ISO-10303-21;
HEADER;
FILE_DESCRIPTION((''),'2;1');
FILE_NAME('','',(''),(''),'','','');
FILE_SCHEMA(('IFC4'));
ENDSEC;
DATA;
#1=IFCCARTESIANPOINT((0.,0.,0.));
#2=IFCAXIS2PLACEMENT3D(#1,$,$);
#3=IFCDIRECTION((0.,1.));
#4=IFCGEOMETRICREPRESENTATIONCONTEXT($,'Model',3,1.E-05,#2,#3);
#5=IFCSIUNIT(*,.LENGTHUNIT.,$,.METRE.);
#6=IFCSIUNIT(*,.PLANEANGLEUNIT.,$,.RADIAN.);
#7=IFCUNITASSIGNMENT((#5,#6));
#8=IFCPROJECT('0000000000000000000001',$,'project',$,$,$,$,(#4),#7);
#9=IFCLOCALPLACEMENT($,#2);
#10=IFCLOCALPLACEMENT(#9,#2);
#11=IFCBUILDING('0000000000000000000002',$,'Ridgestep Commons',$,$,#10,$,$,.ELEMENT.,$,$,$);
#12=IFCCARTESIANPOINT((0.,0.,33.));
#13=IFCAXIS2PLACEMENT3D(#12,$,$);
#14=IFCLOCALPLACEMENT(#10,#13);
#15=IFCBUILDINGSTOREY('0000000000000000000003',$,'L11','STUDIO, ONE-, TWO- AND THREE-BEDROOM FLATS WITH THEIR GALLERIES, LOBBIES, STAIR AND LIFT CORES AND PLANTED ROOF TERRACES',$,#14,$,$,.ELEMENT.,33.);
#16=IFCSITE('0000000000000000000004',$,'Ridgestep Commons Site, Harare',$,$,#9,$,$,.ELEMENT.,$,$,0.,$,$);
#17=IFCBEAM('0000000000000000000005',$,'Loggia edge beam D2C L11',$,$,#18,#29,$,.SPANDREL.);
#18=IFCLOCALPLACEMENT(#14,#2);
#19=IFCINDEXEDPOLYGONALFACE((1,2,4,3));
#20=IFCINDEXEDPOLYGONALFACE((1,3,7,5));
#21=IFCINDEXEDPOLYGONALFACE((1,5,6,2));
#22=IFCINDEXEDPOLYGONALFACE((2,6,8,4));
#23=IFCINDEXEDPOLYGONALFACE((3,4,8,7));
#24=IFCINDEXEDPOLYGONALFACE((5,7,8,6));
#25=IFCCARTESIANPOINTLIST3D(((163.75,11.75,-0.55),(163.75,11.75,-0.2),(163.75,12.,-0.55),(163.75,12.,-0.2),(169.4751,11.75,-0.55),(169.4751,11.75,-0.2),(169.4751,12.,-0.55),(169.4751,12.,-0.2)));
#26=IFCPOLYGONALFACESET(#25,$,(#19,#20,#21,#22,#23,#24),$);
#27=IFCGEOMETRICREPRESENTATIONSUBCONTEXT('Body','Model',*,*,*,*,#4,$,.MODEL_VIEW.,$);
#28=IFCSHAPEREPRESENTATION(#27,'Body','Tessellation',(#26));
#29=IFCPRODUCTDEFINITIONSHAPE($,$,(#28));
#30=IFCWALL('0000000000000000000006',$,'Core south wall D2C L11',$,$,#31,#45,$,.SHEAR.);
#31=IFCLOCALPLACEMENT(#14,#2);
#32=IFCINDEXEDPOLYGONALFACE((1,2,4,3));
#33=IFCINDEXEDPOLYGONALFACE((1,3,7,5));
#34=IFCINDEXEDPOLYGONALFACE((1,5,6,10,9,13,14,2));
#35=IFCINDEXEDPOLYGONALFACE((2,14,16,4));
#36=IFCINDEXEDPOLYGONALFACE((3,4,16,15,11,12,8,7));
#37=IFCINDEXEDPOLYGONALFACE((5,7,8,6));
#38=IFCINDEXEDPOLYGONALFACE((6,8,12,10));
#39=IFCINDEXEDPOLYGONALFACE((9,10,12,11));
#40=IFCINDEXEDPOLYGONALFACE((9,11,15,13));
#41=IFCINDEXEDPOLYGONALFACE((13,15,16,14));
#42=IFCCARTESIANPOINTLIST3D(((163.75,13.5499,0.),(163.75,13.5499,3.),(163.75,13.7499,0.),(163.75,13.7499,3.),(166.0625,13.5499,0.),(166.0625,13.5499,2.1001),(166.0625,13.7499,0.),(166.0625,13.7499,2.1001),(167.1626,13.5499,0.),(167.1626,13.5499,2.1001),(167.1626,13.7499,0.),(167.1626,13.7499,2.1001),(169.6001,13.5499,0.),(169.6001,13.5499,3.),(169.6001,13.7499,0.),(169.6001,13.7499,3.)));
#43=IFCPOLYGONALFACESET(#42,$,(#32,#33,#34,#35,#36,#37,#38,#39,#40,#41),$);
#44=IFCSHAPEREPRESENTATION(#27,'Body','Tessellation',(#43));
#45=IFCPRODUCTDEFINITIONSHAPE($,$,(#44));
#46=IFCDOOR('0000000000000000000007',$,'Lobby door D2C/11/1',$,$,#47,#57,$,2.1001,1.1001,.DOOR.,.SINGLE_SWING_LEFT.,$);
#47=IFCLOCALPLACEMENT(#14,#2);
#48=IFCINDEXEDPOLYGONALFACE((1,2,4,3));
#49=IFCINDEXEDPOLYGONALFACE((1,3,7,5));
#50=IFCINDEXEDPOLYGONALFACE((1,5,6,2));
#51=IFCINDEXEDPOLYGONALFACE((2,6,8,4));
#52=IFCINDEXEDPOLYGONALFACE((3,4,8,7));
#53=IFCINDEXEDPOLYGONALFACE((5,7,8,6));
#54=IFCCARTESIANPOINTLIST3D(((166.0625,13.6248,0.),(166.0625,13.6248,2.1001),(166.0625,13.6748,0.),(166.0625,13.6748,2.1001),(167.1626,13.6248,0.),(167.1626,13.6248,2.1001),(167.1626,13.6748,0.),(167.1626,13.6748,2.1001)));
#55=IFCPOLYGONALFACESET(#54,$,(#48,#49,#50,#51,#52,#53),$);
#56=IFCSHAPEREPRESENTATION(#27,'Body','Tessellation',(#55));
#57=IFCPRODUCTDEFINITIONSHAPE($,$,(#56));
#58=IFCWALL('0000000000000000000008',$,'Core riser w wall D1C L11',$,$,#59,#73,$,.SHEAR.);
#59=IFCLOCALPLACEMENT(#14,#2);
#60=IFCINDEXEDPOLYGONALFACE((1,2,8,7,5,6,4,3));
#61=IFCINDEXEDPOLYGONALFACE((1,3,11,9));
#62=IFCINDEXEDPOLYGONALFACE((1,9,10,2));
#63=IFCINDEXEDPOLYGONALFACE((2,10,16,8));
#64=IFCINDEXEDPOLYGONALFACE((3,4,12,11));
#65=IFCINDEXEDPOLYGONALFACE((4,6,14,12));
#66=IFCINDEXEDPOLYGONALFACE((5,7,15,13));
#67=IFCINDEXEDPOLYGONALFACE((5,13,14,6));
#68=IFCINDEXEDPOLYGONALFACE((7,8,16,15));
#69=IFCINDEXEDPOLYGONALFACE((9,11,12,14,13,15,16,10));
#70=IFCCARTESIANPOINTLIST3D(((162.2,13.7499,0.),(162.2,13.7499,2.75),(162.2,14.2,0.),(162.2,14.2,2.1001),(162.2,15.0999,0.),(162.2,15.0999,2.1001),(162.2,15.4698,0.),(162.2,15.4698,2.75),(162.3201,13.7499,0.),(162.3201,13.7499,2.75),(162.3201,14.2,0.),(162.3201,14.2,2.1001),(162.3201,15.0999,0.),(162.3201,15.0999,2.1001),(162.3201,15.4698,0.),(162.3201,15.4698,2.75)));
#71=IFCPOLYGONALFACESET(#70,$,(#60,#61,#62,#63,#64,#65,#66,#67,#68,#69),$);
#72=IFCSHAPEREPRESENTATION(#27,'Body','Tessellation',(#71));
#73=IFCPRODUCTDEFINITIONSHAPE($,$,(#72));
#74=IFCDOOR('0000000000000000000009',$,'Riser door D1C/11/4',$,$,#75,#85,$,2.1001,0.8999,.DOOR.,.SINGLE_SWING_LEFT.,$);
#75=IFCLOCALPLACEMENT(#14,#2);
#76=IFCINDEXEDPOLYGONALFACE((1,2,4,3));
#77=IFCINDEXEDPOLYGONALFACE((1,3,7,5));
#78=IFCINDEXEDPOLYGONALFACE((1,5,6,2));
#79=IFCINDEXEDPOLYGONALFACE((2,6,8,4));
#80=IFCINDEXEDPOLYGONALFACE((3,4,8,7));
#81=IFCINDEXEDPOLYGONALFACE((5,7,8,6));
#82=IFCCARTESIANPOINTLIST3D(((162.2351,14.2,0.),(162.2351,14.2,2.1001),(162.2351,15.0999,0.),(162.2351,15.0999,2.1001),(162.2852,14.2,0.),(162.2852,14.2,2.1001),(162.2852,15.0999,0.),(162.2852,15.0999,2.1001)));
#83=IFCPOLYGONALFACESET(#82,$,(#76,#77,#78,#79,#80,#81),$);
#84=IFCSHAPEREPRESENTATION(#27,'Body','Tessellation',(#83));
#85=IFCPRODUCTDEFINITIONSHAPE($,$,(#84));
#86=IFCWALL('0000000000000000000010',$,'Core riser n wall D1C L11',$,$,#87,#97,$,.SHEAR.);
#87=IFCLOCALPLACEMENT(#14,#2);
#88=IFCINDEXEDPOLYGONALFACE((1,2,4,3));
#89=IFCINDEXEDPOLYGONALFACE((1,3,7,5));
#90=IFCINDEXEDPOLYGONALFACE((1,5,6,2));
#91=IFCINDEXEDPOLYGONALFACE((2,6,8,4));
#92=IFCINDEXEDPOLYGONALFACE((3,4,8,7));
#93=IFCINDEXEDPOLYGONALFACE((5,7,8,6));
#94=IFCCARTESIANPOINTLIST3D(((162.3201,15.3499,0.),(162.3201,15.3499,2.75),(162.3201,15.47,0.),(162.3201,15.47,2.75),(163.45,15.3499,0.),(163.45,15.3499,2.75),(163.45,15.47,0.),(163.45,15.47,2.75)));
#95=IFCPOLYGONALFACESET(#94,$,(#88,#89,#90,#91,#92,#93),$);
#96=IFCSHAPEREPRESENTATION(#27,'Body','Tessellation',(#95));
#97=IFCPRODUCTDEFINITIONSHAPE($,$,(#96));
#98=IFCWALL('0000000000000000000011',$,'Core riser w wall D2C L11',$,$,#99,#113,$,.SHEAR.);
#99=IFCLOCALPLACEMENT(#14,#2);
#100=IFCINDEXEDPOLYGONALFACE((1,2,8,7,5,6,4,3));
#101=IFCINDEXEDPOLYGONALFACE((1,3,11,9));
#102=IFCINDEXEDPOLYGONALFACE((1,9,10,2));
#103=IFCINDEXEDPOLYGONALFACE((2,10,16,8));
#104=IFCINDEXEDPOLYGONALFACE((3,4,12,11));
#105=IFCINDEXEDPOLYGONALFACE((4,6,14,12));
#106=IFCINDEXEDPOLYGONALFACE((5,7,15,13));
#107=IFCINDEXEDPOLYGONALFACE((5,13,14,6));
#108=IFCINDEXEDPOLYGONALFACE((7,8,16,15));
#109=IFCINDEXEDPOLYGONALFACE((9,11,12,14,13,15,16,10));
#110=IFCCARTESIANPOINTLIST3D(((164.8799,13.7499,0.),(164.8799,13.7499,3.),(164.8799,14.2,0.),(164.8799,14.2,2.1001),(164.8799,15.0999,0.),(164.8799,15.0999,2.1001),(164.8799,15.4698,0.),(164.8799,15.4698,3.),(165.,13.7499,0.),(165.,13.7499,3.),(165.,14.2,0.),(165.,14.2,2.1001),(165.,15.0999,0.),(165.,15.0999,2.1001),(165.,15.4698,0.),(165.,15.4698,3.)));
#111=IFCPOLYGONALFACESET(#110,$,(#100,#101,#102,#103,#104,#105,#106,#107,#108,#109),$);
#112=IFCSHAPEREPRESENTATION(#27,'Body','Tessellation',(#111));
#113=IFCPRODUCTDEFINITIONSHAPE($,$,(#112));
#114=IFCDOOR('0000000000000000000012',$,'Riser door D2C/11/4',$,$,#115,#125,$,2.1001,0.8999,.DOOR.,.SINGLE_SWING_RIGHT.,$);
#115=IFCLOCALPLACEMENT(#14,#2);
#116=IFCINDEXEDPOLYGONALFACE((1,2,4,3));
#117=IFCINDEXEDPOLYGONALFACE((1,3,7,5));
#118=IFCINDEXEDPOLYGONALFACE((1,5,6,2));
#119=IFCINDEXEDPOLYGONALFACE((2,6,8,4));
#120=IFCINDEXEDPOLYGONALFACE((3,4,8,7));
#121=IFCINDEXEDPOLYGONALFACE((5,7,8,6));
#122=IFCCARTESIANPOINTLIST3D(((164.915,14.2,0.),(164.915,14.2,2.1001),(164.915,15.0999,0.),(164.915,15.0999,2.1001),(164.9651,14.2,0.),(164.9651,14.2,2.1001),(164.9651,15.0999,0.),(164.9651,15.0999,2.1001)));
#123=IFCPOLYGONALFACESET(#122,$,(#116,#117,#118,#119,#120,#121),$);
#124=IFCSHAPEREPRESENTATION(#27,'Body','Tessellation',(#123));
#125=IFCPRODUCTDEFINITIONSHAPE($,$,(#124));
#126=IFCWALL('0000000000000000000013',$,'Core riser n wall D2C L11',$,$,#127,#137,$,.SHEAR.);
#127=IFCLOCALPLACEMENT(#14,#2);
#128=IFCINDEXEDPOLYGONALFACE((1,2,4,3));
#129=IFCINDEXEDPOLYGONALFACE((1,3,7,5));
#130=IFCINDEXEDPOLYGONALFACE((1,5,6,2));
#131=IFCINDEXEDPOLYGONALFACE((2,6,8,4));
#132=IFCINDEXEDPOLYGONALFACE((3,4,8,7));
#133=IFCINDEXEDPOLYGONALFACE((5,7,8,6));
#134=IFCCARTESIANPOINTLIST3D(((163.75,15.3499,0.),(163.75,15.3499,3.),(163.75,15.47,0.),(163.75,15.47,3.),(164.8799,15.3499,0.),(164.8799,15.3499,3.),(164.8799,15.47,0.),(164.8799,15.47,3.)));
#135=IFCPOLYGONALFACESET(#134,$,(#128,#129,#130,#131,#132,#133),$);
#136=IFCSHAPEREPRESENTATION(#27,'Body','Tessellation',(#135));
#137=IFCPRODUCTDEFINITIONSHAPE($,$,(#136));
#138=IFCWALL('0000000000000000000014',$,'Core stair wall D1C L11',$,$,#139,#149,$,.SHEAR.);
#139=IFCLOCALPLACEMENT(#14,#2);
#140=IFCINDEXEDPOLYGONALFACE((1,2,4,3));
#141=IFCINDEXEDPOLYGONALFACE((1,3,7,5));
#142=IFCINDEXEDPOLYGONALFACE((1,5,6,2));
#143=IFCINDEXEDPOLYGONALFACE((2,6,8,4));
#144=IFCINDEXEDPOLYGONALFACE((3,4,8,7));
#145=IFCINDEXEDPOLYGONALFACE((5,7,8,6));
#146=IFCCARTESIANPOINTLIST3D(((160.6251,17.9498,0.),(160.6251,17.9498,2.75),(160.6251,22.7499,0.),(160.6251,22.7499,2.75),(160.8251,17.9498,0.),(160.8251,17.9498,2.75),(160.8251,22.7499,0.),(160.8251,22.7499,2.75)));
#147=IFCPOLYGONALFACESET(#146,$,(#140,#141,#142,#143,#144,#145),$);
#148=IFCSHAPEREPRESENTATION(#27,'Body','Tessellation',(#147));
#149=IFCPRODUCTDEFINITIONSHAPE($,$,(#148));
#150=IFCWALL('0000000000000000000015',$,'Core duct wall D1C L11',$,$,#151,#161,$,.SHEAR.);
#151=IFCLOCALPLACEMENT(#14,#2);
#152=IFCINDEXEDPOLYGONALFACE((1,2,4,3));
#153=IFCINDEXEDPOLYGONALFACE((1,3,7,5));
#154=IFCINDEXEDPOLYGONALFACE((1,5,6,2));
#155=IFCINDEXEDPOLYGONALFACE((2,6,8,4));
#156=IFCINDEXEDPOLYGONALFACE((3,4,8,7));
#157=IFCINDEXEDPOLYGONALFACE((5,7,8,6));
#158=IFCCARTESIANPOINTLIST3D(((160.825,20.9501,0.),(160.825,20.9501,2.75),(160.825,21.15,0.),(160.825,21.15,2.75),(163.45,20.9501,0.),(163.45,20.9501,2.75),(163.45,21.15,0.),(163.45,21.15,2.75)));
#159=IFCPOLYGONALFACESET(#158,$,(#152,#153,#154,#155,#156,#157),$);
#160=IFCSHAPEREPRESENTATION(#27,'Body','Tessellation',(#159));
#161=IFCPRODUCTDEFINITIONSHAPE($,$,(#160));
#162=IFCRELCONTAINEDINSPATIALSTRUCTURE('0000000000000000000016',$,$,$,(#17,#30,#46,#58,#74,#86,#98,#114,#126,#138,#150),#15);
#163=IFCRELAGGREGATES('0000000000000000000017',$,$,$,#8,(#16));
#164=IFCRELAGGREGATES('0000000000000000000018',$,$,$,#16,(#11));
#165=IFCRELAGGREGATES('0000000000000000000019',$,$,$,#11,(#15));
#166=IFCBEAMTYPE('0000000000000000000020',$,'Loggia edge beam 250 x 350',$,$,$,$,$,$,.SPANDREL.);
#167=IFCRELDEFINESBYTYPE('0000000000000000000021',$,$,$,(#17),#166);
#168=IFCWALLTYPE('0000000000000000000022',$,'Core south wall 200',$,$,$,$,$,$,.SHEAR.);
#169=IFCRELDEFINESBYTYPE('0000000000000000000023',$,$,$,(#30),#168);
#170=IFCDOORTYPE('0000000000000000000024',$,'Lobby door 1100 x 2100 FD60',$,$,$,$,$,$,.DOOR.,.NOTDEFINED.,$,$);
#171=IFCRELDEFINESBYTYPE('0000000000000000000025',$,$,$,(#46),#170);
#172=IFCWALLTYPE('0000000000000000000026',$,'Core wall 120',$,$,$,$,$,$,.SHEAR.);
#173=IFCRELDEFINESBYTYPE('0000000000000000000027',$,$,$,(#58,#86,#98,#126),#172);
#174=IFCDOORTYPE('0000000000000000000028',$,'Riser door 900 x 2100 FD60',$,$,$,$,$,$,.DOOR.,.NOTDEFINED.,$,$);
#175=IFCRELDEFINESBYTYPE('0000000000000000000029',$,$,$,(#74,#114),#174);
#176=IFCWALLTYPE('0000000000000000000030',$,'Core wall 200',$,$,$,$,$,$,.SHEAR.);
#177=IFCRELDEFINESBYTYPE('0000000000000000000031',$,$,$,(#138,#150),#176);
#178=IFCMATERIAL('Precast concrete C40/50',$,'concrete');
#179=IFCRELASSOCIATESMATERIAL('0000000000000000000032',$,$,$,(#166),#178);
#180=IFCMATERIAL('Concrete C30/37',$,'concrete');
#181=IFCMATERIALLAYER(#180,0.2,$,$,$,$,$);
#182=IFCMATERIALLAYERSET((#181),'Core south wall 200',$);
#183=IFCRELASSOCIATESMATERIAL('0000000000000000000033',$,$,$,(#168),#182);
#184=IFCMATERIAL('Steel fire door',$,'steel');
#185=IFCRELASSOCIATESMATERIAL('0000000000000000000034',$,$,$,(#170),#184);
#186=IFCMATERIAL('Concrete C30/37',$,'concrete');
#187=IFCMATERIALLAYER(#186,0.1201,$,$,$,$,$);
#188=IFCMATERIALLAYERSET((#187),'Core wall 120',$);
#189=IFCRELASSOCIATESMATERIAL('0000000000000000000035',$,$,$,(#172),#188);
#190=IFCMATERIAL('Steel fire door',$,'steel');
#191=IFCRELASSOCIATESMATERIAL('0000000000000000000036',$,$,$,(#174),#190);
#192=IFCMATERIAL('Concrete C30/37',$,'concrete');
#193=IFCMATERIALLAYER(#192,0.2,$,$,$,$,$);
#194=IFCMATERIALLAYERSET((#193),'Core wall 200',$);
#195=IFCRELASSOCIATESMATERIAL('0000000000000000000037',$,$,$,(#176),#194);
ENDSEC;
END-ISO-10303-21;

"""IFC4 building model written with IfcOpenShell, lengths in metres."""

from ifc_helpers import new_model, si_unit, direction, frame, frame_2d, origin, origin_2d, place, context, subcontext, project, spatial, rectangle, extrude, material, layer, layer_set, material_profile, profile_set, type_object, element, fill, save


model = new_model("IFC4")

# Units and contexts
model_context = context("Model", 3, precision=1e-05, world=origin(), true_north=direction((0.0, 1.0)))
body_context = subcontext(model_context, "Body", "Model", "MODEL_VIEW")
ifc_project = project(units=[si_unit("LENGTHUNIT", "METRE"), si_unit("PLANEANGLEUNIT", "RADIAN")], contexts=[model_context])

# Site, building, storey
site_placement = place(None, origin())
site = spatial("IfcSite", under=ifc_project, at=site_placement, Name="Ridgestep Commons Site, Harare", CompositionType="ELEMENT", RefElevation=0.0)
building_placement = place(site_placement, origin())
building = spatial("IfcBuilding", under=site, at=building_placement, Name="Ridgestep Commons", CompositionType="ELEMENT")
storey_placement = place(building_placement, frame((0.0, 0.0, 33.0)))
storey = spatial("IfcBuildingStorey", under=building, at=storey_placement, Name="L11", Description="STUDIO, ONE-, TWO- AND THREE-BEDROOM FLATS WITH THEIR GALLERIES, LOBBIES, STAIR AND LIFT CORES AND PLANTED ROOF TERRACES", CompositionType="ELEMENT", Elevation=33.0)

# Beam
ifc_material_1 = material(Name="Precast concrete C40/50", Category="concrete")
ifc_material_profile = material_profile(ifc_material_1, rectangle(XDim=0.25, YDim=0.3501, at=origin_2d()), Name="PC 250x350")
ifc_profile_set = profile_set([ifc_material_profile], Name="Precast concrete C40/50")
beam_type = type_object("IfcBeamType", Name="Loggia edge beam 250 x 350", PredefinedType="SPANDREL", material=ifc_profile_set)
beam_placement = place(storey_placement, frame((163.75, 11.875, -0.375), z_axis=(1.0, 0.0, 0.0), x_axis=(0.0, 1.0, 0.0)))
element("IfcBeam", 1, at=beam_placement, inside=storey, type_object=beam_type, Name="Loggia edge beam D2C L11", PredefinedType="SPANDREL", context=body_context, shape_type="SweptSolid", body=[
    extrude(rectangle(XDim=0.25, YDim=0.3501, at=origin_2d()), origin(), (0.0, 0.0, 1.0), 5.7251),
])

# Walls, openings, doors
ifc_material_2 = material(Name="Concrete C30/37", Category="concrete")
ifc_layer_1 = layer(ifc_material_2, 0.2)
ifc_layer_set_1 = layer_set([ifc_layer_1], Name="Core south wall 200")
wall_type_1 = type_object("IfcWallType", Name="Core south wall 200", PredefinedType="SHEAR", material=ifc_layer_set_1)
wall_1_placement = place(storey_placement, frame((163.75, 13.6499, 0.0), z_axis=(0.0, 0.0, 1.0), x_axis=(1.0, 0.0, 0.0)))
wall_1 = element("IfcWall", 2, at=wall_1_placement, inside=storey, type_object=wall_type_1, Name="Core south wall D2C L11", PredefinedType="SHEAR", context=body_context, shape_type="SweptSolid", body=[
    extrude(rectangle(XDim=5.8501, YDim=0.2, at=frame_2d((2.925, 0.0))), origin(), (0.0, 0.0, 1.0), 3.0),
])
opening_1_placement = place(wall_1_placement, frame((2.3125, 0.0, 0.0)))
opening_1 = element("IfcOpeningElement", 3, at=opening_1_placement, cuts=wall_1, PredefinedType="OPENING", context=body_context, shape_type="SweptSolid", body=[
    extrude(rectangle(XDim=1.1001, YDim=2.1001, at=frame_2d((0.55, 1.05))), frame((0.0, 0.1099, 0.0), z_axis=(0.0, -1.0, 0.0), x_axis=(1.0, 0.0, 0.0)), (0.0, 0.0, 1.0), 0.22),
])
ifc_material_3 = material(Name="Steel fire door", Category="steel")
door_type_1 = type_object("IfcDoorType", Name="Lobby door 1100 x 2100 FD60", OperationType="NOTDEFINED", PredefinedType="DOOR", material=ifc_material_3)
door_1_placement = place(opening_1_placement, origin())
door_1 = element("IfcDoor", 4, at=door_1_placement, inside=storey, type_object=door_type_1, Name="Lobby door D2C/11/1", OperationType="SINGLE_SWING_LEFT", OverallHeight=2.1001, OverallWidth=1.1001, PredefinedType="DOOR", context=body_context, shape_type="SweptSolid", body=[
    extrude(rectangle(XDim=1.1001, YDim=2.1001, at=frame_2d((0.55, 1.05))), frame((0.0, 0.0249, 0.0), z_axis=(0.0, -1.0, 0.0), x_axis=(1.0, 0.0, 0.0)), (0.0, 0.0, 1.0), 0.05),
])
fill(opening_1, door_1)
ifc_material_4 = material(Name="Concrete C30/37", Category="concrete")
ifc_layer_2 = layer(ifc_material_4, 0.1201)
ifc_layer_set_2 = layer_set([ifc_layer_2], Name="Core wall 120")
wall_type_2 = type_object("IfcWallType", Name="Core wall 120", PredefinedType="SHEAR", material=ifc_layer_set_2)
wall_2_placement = place(storey_placement, frame((162.26, 13.75, 0.0), z_axis=(0.0, 0.0, 1.0), x_axis=(0.0, 1.0, 0.0)))
wall_2 = element("IfcWall", 5, at=wall_2_placement, inside=storey, type_object=wall_type_2, Name="Core riser w wall D1C L11", PredefinedType="SHEAR", context=body_context, shape_type="SweptSolid", body=[
    extrude(rectangle(XDim=1.72, YDim=0.1201, at=frame_2d((0.8599, 0.0))), origin(), (0.0, 0.0, 1.0), 2.75),
])
opening_2_placement = place(wall_2_placement, frame((0.45, 0.0, 0.0)))
opening_2 = element("IfcOpeningElement", 6, at=opening_2_placement, cuts=wall_2, PredefinedType="OPENING", context=body_context, shape_type="SweptSolid", body=[
    extrude(rectangle(XDim=0.8999, YDim=2.1001, at=frame_2d((0.45, 1.05))), frame((0.0, 0.0701, 0.0), z_axis=(0.0, -1.0, 0.0), x_axis=(1.0, 0.0, 0.0)), (0.0, 0.0, 1.0), 0.1401),
])
ifc_material_5 = material(Name="Steel fire door", Category="steel")
door_type_2 = type_object("IfcDoorType", Name="Riser door 900 x 2100 FD60", OperationType="NOTDEFINED", PredefinedType="DOOR", material=ifc_material_5)
door_2_placement = place(opening_2_placement, origin())
door_2 = element("IfcDoor", 7, at=door_2_placement, inside=storey, type_object=door_type_2, Name="Riser door D1C/11/4", OperationType="SINGLE_SWING_LEFT", OverallHeight=2.1001, OverallWidth=0.8999, PredefinedType="DOOR", context=body_context, shape_type="SweptSolid", body=[
    extrude(rectangle(XDim=0.8999, YDim=2.1001, at=frame_2d((0.45, 1.05))), frame((0.0, 0.0249, 0.0), z_axis=(0.0, -1.0, 0.0), x_axis=(1.0, 0.0, 0.0)), (0.0, 0.0, 1.0), 0.05),
])
fill(opening_2, door_2)

# Wall
wall_3_placement = place(storey_placement, frame((162.3201, 15.4099, 0.0), z_axis=(0.0, 0.0, 1.0), x_axis=(1.0, 0.0, 0.0)))
element("IfcWall", 8, at=wall_3_placement, inside=storey, type_object=wall_type_2, Name="Core riser n wall D1C L11", PredefinedType="SHEAR", context=body_context, shape_type="SweptSolid", body=[
    extrude(rectangle(XDim=1.1299, YDim=0.1201, at=frame_2d((0.5649, 0.0))), origin(), (0.0, 0.0, 1.0), 2.75),
])

# Wall, opening, door
wall_4_placement = place(storey_placement, frame((164.9399, 13.75, 0.0), z_axis=(0.0, 0.0, 1.0), x_axis=(0.0, 1.0, 0.0)))
wall_4 = element("IfcWall", 9, at=wall_4_placement, inside=storey, type_object=wall_type_2, Name="Core riser w wall D2C L11", PredefinedType="SHEAR", context=body_context, shape_type="SweptSolid", body=[
    extrude(rectangle(XDim=1.72, YDim=0.1201, at=frame_2d((0.8599, 0.0))), origin(), (0.0, 0.0, 1.0), 3.0),
])
opening_3_placement = place(wall_4_placement, frame((0.45, 0.0, 0.0)))
opening_3 = element("IfcOpeningElement", 10, at=opening_3_placement, cuts=wall_4, PredefinedType="OPENING", context=body_context, shape_type="SweptSolid", body=[
    extrude(rectangle(XDim=0.8999, YDim=2.1001, at=frame_2d((0.45, 1.05))), frame((0.0, 0.0701, 0.0), z_axis=(0.0, -1.0, 0.0), x_axis=(1.0, 0.0, 0.0)), (0.0, 0.0, 1.0), 0.1401),
])
door_3_placement = place(opening_3_placement, origin())
door_3 = element("IfcDoor", 11, at=door_3_placement, inside=storey, type_object=door_type_2, Name="Riser door D2C/11/4", OperationType="SINGLE_SWING_RIGHT", OverallHeight=2.1001, OverallWidth=0.8999, PredefinedType="DOOR", context=body_context, shape_type="SweptSolid", body=[
    extrude(rectangle(XDim=0.8999, YDim=2.1001, at=frame_2d((0.45, 1.05))), frame((0.0, 0.0249, 0.0), z_axis=(0.0, -1.0, 0.0), x_axis=(1.0, 0.0, 0.0)), (0.0, 0.0, 1.0), 0.05),
])
fill(opening_3, door_3)

# Walls
wall_5_placement = place(storey_placement, frame((163.75, 15.4099, 0.0), z_axis=(0.0, 0.0, 1.0), x_axis=(1.0, 0.0, 0.0)))
element("IfcWall", 12, at=wall_5_placement, inside=storey, type_object=wall_type_2, Name="Core riser n wall D2C L11", PredefinedType="SHEAR", context=body_context, shape_type="SweptSolid", body=[
    extrude(rectangle(XDim=1.1299, YDim=0.1201, at=frame_2d((0.5649, 0.0))), origin(), (0.0, 0.0, 1.0), 3.0),
])
ifc_material_6 = material(Name="Concrete C30/37", Category="concrete")
ifc_layer_3 = layer(ifc_material_6, 0.2)
ifc_layer_set_3 = layer_set([ifc_layer_3], Name="Core wall 200")
wall_type_3 = type_object("IfcWallType", Name="Core wall 200", PredefinedType="SHEAR", material=ifc_layer_set_3)
wall_6_placement = place(storey_placement, frame((160.7251, 17.95, 0.0), z_axis=(0.0, 0.0, 1.0), x_axis=(0.0, 1.0, 0.0)))
element("IfcWall", 13, at=wall_6_placement, inside=storey, type_object=wall_type_3, Name="Core stair wall D1C L11", PredefinedType="SHEAR", context=body_context, shape_type="SweptSolid", body=[
    extrude(rectangle(XDim=4.8, YDim=0.2, at=frame_2d((2.3999, 0.0))), origin(), (0.0, 0.0, 1.0), 2.75),
])
wall_7_placement = place(storey_placement, frame((160.825, 21.05, 0.0), z_axis=(0.0, 0.0, 1.0), x_axis=(1.0, 0.0, 0.0)))
element("IfcWall", 14, at=wall_7_placement, inside=storey, type_object=wall_type_3, Name="Core duct wall D1C L11", PredefinedType="SHEAR", context=body_context, shape_type="SweptSolid", body=[
    extrude(rectangle(XDim=2.625, YDim=0.2, at=frame_2d((1.3125, 0.0))), origin(), (0.0, 0.0, 1.0), 2.75),
])

save(model, "model.ifc")
